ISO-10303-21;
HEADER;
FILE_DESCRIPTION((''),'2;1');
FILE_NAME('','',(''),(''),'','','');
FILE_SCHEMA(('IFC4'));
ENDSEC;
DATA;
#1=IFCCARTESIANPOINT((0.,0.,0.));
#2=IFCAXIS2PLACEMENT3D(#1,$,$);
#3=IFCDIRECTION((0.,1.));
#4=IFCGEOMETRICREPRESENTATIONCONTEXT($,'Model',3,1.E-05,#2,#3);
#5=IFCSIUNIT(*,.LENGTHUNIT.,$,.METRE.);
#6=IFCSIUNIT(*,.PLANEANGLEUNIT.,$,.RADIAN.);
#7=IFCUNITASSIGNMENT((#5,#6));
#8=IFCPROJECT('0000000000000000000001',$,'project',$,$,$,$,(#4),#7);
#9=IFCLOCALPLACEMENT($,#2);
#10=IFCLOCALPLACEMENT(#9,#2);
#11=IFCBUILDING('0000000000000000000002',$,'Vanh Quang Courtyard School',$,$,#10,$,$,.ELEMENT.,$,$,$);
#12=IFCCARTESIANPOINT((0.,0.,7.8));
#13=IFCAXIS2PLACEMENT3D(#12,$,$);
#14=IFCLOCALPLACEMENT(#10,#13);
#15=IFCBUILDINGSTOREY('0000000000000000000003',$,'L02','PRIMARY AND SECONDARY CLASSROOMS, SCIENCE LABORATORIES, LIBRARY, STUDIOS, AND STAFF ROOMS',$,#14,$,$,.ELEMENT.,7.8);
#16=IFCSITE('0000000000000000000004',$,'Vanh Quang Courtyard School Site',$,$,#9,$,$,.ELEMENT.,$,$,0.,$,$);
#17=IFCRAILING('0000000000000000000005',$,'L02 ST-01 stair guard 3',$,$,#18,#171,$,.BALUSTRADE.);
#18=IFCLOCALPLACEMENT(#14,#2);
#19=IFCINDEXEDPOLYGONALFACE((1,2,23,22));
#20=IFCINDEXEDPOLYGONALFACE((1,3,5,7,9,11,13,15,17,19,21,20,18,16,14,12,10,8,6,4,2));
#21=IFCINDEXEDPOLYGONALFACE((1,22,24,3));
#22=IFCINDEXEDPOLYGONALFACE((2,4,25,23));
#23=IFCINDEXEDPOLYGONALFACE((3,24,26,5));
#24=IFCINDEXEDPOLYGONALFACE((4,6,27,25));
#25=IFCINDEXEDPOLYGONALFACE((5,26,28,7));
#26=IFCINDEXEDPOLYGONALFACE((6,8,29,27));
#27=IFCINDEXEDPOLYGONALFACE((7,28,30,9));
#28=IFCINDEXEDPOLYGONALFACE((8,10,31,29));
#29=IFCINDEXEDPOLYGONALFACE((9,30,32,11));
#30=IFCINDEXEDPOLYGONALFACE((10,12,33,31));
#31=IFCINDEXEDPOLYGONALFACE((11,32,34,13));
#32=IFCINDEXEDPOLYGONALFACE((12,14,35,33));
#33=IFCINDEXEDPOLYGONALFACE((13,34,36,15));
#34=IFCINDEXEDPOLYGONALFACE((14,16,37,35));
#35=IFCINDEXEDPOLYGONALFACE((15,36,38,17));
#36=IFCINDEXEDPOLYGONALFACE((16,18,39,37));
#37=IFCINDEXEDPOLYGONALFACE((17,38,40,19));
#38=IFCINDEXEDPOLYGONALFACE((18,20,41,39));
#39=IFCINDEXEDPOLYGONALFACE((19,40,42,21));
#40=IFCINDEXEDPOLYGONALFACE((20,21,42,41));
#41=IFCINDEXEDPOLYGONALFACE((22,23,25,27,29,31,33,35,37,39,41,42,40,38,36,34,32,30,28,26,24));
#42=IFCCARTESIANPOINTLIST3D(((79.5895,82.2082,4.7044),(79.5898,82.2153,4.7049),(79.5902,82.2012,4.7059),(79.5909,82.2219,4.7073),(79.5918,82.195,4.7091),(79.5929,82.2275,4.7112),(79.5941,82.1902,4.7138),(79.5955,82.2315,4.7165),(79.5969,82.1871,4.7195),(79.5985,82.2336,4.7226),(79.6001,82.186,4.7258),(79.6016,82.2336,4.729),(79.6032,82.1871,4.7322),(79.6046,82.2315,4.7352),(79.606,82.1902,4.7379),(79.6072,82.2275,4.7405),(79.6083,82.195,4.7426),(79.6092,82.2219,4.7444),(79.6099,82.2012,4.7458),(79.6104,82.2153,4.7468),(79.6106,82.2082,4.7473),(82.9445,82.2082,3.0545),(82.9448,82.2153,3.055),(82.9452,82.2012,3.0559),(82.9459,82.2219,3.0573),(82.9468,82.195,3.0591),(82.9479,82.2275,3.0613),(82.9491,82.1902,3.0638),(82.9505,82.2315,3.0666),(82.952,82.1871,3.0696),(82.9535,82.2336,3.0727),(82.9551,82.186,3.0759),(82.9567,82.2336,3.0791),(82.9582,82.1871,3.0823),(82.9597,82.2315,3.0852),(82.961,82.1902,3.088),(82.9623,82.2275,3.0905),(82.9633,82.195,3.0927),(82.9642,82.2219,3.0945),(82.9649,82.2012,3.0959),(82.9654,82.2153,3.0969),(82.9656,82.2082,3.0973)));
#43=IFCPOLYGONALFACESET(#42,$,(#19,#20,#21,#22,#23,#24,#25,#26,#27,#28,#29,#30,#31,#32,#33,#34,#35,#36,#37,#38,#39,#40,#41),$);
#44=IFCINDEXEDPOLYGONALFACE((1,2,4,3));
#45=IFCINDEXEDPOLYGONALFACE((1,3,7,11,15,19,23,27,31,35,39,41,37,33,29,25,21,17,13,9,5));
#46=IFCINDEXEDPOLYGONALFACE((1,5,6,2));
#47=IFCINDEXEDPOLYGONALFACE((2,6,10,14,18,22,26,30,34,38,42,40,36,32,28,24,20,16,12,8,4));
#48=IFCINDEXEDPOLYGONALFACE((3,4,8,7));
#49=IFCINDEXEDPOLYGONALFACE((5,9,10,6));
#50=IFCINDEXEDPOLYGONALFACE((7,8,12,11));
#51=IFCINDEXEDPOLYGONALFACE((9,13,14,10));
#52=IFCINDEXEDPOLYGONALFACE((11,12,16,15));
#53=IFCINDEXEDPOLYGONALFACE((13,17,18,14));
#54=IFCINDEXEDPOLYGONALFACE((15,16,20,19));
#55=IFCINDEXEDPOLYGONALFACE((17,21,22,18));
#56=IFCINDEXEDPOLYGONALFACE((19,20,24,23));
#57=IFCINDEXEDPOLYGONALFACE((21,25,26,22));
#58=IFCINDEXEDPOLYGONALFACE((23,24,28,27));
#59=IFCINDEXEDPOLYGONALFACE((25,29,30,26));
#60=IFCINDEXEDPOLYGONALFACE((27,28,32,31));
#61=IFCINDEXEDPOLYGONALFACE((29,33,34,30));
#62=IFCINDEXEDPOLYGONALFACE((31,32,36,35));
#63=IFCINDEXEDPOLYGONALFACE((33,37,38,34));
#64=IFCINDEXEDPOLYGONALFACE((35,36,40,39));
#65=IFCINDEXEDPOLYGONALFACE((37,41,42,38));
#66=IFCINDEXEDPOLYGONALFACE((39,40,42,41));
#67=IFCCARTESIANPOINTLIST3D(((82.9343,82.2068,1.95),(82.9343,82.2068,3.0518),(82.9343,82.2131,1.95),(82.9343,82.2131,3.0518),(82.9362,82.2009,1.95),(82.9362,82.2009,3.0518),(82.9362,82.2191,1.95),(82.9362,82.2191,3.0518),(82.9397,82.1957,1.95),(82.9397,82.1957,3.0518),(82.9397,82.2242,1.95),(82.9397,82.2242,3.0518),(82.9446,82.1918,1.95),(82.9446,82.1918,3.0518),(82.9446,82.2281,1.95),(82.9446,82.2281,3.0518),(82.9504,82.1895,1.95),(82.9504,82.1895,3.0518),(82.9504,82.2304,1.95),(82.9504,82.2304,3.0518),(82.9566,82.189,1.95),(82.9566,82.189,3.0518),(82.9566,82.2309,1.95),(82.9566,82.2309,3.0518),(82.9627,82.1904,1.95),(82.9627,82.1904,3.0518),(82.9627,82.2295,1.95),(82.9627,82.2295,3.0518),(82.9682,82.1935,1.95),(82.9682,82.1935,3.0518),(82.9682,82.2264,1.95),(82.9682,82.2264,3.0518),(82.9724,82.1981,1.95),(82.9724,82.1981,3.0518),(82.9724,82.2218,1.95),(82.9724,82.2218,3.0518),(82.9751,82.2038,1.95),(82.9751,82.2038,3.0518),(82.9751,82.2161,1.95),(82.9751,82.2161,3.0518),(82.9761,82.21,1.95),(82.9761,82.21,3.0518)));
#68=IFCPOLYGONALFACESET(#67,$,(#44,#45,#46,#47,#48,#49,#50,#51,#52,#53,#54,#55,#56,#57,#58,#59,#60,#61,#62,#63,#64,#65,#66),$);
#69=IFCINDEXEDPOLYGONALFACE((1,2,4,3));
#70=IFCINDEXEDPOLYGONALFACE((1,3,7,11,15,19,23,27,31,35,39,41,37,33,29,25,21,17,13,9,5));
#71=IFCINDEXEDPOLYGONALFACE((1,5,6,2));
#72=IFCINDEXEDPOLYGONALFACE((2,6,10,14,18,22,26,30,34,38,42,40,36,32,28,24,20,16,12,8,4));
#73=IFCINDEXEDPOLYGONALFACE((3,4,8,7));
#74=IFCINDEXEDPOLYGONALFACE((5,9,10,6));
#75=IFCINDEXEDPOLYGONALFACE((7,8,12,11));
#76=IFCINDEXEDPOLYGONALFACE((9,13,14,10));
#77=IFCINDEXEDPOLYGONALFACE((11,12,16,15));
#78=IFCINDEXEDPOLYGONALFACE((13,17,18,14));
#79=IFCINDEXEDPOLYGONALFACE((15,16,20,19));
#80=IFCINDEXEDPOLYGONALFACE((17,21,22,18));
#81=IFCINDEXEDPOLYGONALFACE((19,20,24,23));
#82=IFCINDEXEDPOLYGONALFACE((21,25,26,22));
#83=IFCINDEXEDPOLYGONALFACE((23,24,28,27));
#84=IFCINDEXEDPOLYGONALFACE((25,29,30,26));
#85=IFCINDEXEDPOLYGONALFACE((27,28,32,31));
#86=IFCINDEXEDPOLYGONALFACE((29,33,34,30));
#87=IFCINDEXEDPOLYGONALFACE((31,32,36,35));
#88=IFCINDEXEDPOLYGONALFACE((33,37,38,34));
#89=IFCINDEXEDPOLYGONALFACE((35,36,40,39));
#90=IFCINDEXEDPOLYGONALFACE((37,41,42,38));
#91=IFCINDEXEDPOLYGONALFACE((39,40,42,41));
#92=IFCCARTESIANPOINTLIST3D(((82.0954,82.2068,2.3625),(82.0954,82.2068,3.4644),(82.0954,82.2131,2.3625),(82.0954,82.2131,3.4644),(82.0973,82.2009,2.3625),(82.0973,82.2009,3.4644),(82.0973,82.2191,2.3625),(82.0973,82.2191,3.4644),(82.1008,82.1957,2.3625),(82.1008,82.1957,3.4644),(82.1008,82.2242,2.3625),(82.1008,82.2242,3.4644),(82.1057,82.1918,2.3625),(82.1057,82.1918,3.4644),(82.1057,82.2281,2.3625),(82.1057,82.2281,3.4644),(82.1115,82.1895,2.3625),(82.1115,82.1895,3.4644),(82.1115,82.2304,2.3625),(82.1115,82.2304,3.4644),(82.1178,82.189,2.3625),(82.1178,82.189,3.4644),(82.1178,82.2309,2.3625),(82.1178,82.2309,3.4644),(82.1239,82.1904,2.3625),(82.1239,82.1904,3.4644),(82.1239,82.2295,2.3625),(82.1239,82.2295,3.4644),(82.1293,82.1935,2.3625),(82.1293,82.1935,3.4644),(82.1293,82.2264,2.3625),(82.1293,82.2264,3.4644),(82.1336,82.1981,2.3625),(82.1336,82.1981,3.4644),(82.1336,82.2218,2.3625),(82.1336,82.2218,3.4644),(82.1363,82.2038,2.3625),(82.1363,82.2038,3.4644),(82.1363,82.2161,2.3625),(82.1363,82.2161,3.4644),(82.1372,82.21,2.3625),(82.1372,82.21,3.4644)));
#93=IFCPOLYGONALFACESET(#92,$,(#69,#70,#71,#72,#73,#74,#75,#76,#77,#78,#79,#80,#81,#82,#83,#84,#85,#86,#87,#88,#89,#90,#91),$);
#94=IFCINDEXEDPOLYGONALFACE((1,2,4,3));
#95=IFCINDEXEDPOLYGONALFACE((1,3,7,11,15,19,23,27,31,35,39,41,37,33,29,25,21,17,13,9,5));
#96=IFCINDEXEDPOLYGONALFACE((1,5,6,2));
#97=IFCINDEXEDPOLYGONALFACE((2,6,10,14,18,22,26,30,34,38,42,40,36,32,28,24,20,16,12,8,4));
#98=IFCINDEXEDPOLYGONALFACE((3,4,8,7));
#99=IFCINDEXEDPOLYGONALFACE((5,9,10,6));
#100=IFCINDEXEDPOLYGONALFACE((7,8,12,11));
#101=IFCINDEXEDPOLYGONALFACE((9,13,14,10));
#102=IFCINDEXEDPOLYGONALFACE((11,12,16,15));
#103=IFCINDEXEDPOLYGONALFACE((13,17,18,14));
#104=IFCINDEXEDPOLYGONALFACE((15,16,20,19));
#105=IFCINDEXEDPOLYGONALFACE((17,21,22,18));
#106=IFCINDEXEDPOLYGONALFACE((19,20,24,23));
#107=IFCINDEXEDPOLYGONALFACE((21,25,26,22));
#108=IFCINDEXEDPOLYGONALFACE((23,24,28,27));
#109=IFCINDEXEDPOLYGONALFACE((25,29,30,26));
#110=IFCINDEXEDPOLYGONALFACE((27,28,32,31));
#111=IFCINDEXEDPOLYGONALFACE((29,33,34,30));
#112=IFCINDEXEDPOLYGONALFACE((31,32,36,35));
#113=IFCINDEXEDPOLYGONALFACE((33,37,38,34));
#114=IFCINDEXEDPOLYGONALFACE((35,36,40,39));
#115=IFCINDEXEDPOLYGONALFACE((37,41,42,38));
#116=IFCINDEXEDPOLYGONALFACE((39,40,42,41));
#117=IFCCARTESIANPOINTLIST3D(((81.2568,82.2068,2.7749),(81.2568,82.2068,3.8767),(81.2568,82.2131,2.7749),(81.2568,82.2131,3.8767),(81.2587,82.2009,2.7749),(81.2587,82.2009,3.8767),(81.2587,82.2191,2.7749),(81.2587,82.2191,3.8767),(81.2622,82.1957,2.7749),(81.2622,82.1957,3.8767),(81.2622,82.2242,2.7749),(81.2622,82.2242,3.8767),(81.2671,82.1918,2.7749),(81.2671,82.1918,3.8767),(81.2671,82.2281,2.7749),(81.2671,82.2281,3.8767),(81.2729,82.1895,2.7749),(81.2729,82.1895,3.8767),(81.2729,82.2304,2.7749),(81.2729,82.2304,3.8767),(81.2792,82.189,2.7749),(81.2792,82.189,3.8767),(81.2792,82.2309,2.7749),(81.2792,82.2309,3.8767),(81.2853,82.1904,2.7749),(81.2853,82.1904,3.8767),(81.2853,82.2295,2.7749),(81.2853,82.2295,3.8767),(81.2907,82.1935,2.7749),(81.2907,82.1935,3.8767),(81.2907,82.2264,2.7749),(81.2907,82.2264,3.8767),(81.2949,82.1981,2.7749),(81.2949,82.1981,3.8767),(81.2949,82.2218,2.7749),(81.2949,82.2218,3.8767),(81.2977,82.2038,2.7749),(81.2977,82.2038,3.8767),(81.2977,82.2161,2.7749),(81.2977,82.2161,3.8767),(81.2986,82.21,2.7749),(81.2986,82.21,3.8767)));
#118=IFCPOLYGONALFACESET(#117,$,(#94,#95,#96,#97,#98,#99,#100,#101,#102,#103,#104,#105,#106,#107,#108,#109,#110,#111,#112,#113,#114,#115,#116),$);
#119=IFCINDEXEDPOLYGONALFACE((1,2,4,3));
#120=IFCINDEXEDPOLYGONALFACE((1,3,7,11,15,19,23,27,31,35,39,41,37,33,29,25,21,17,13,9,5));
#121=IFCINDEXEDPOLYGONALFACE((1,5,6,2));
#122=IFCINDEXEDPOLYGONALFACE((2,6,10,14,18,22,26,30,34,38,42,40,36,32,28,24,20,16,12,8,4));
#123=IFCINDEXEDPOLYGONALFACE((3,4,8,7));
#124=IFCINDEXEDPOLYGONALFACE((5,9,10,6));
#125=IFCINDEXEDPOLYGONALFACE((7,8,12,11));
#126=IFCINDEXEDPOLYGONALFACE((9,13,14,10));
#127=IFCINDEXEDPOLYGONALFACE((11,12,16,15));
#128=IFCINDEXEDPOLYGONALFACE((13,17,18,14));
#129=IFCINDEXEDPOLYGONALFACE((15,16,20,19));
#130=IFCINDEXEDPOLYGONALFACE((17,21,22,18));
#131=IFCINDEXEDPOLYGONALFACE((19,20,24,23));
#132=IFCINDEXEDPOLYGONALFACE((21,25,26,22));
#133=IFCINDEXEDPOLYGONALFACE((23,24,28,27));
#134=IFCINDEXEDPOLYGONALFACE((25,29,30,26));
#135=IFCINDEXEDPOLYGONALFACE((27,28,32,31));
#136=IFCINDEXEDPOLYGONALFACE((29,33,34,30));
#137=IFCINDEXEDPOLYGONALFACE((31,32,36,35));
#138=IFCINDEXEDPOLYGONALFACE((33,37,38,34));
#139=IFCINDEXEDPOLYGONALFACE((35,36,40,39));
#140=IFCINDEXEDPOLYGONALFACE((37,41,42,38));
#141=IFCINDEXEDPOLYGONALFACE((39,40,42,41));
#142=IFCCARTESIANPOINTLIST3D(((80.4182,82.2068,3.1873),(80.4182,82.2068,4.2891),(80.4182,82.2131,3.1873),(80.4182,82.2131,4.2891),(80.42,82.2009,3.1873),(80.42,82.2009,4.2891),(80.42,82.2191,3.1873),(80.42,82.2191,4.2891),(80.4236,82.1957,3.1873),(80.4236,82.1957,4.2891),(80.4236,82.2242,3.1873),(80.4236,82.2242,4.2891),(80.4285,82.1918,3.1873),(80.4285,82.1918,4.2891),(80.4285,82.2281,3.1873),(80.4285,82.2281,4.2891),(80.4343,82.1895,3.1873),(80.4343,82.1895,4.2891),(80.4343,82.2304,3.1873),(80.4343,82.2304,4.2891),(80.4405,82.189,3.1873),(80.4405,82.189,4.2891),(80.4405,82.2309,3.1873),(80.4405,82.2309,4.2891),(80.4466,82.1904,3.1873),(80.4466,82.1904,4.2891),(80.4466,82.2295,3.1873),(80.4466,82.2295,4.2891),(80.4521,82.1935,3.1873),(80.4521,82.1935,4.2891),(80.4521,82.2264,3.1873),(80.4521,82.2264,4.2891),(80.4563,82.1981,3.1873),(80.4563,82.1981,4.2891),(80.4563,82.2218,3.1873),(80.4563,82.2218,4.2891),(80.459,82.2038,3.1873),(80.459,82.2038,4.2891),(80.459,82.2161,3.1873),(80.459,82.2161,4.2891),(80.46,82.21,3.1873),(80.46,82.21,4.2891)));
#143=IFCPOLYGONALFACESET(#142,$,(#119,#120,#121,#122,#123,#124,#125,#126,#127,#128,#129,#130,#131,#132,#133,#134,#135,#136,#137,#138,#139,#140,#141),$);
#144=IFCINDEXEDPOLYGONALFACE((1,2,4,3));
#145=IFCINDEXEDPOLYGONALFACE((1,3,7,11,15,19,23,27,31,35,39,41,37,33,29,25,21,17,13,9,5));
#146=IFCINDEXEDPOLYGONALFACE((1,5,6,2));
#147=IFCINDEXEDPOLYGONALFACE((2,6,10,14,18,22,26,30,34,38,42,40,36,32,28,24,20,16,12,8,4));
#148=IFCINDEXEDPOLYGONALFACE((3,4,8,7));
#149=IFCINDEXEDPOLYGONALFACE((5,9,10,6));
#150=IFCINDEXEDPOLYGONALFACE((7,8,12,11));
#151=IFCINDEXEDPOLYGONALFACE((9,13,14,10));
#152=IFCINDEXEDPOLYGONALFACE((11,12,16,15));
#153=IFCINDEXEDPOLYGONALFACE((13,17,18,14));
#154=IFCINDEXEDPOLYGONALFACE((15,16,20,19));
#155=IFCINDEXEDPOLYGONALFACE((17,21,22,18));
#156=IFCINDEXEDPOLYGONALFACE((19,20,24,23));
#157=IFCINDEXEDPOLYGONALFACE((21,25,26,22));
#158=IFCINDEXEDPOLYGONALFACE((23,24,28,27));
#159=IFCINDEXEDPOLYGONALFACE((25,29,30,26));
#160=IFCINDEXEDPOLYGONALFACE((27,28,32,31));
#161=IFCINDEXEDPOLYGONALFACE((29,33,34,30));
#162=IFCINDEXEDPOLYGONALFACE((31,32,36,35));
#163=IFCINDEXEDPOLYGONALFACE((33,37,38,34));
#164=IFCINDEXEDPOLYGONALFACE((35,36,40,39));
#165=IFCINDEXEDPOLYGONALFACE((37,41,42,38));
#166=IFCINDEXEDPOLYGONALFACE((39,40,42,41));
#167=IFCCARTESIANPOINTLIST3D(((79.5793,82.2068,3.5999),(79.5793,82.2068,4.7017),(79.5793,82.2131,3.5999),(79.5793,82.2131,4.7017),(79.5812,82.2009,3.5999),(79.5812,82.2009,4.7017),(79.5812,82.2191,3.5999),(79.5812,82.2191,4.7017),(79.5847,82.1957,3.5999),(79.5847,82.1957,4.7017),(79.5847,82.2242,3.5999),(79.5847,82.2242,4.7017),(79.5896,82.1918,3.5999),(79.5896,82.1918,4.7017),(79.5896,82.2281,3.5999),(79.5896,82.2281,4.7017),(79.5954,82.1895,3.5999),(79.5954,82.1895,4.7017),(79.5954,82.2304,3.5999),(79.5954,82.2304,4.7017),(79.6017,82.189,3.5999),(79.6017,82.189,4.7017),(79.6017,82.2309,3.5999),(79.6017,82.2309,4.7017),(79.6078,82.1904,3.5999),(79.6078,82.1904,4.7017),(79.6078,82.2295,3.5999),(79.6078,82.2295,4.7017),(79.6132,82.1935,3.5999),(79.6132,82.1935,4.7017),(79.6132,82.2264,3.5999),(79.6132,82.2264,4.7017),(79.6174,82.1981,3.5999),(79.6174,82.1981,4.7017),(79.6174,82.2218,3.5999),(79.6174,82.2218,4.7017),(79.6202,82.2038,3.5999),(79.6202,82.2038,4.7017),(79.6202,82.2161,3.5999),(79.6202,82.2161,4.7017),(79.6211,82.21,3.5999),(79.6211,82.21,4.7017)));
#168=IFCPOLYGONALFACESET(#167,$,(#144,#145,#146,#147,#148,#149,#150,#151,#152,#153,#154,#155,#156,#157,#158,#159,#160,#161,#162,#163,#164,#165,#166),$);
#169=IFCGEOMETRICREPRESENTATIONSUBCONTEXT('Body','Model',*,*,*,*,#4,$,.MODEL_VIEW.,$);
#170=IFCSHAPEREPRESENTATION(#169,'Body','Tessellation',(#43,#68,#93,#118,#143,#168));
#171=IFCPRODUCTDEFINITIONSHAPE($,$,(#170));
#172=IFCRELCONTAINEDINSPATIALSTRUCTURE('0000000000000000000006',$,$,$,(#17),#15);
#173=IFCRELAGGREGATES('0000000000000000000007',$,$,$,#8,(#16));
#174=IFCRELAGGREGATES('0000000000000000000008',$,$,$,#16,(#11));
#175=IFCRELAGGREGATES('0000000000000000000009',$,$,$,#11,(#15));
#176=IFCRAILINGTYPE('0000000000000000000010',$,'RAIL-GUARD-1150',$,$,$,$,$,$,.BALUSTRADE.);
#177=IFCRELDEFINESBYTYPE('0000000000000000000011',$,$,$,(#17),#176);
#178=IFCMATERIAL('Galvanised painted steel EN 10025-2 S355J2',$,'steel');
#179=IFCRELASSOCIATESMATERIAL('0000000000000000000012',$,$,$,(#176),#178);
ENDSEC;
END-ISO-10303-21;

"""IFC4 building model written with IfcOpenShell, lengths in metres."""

from ifc_helpers import new_model, si_unit, direction, frame, origin, origin_2d, place, context, subcontext, project, spatial, circle, extrude, material, type_object, element, save


model = new_model("IFC4")

# Units and contexts
model_context = context("Model", 3, precision=1e-05, world=origin(), true_north=direction((0.0, 1.0)))
body_context = subcontext(model_context, "Body", "Model", "MODEL_VIEW")
ifc_project = project(units=[si_unit("LENGTHUNIT", "METRE"), si_unit("PLANEANGLEUNIT", "RADIAN")], contexts=[model_context])

# Site, building, storey
site_placement = place(None, origin())
site = spatial("IfcSite", under=ifc_project, at=site_placement, Name="Vanh Quang Courtyard School Site", CompositionType="ELEMENT", RefElevation=0.0)
building_placement = place(site_placement, origin())
building = spatial("IfcBuilding", under=site, at=building_placement, Name="Vanh Quang Courtyard School", CompositionType="ELEMENT")
storey_placement = place(building_placement, frame((0.0, 0.0, 7.8)))
storey = spatial("IfcBuildingStorey", under=building, at=storey_placement, Name="L02", Description="PRIMARY AND SECONDARY CLASSROOMS, SCIENCE LABORATORIES, LIBRARY, STUDIOS, AND STAFF ROOMS", CompositionType="ELEMENT", Elevation=7.8)

# Railing
ifc_material_1 = material(Name="Galvanised painted steel EN 10025-2 S355J2", Category="steel")
railing_type_1 = type_object("IfcRailingType", Name="RAIL-GUARD-1150", PredefinedType="BALUSTRADE", material=ifc_material_1)
railing_1_placement = place(storey_placement, frame((82.9551, 82.21, 1.95)))
element("IfcRailing", 1, at=railing_1_placement, inside=storey, type_object=railing_type_1, Name="L02 ST-01 stair guard 3", PredefinedType="BALUSTRADE", context=body_context, shape_type="SweptSolid", body=[
    extrude(circle(Radius=0.0239, at=origin_2d()), frame((0.0, 0.0, 1.126), z_axis=(-0.897359, 0.0, 0.441301), x_axis=(0.0, -1.0, 0.0)), (0.0, 0.0, 1.0), 3.7388),
    extrude(circle(Radius=0.021, at=origin_2d()), origin(), (0.0, 0.0, 1.0), 1.1018),
    extrude(circle(Radius=0.021, at=origin_2d()), frame((-0.8389, 0.0, 0.4126)), (0.0, 0.0, 1.0), 1.1018),
    extrude(circle(Radius=0.021, at=origin_2d()), frame((-1.6775, 0.0, 0.825)), (0.0, 0.0, 1.0), 1.1018),
    extrude(circle(Radius=0.021, at=origin_2d()), frame((-2.5161, 0.0, 1.2373)), (0.0, 0.0, 1.0), 1.1018),
    extrude(circle(Radius=0.021, at=origin_2d()), frame((-3.355, 0.0, 1.6499)), (0.0, 0.0, 1.0), 1.1018),
])

save(model, "model.ifc")
